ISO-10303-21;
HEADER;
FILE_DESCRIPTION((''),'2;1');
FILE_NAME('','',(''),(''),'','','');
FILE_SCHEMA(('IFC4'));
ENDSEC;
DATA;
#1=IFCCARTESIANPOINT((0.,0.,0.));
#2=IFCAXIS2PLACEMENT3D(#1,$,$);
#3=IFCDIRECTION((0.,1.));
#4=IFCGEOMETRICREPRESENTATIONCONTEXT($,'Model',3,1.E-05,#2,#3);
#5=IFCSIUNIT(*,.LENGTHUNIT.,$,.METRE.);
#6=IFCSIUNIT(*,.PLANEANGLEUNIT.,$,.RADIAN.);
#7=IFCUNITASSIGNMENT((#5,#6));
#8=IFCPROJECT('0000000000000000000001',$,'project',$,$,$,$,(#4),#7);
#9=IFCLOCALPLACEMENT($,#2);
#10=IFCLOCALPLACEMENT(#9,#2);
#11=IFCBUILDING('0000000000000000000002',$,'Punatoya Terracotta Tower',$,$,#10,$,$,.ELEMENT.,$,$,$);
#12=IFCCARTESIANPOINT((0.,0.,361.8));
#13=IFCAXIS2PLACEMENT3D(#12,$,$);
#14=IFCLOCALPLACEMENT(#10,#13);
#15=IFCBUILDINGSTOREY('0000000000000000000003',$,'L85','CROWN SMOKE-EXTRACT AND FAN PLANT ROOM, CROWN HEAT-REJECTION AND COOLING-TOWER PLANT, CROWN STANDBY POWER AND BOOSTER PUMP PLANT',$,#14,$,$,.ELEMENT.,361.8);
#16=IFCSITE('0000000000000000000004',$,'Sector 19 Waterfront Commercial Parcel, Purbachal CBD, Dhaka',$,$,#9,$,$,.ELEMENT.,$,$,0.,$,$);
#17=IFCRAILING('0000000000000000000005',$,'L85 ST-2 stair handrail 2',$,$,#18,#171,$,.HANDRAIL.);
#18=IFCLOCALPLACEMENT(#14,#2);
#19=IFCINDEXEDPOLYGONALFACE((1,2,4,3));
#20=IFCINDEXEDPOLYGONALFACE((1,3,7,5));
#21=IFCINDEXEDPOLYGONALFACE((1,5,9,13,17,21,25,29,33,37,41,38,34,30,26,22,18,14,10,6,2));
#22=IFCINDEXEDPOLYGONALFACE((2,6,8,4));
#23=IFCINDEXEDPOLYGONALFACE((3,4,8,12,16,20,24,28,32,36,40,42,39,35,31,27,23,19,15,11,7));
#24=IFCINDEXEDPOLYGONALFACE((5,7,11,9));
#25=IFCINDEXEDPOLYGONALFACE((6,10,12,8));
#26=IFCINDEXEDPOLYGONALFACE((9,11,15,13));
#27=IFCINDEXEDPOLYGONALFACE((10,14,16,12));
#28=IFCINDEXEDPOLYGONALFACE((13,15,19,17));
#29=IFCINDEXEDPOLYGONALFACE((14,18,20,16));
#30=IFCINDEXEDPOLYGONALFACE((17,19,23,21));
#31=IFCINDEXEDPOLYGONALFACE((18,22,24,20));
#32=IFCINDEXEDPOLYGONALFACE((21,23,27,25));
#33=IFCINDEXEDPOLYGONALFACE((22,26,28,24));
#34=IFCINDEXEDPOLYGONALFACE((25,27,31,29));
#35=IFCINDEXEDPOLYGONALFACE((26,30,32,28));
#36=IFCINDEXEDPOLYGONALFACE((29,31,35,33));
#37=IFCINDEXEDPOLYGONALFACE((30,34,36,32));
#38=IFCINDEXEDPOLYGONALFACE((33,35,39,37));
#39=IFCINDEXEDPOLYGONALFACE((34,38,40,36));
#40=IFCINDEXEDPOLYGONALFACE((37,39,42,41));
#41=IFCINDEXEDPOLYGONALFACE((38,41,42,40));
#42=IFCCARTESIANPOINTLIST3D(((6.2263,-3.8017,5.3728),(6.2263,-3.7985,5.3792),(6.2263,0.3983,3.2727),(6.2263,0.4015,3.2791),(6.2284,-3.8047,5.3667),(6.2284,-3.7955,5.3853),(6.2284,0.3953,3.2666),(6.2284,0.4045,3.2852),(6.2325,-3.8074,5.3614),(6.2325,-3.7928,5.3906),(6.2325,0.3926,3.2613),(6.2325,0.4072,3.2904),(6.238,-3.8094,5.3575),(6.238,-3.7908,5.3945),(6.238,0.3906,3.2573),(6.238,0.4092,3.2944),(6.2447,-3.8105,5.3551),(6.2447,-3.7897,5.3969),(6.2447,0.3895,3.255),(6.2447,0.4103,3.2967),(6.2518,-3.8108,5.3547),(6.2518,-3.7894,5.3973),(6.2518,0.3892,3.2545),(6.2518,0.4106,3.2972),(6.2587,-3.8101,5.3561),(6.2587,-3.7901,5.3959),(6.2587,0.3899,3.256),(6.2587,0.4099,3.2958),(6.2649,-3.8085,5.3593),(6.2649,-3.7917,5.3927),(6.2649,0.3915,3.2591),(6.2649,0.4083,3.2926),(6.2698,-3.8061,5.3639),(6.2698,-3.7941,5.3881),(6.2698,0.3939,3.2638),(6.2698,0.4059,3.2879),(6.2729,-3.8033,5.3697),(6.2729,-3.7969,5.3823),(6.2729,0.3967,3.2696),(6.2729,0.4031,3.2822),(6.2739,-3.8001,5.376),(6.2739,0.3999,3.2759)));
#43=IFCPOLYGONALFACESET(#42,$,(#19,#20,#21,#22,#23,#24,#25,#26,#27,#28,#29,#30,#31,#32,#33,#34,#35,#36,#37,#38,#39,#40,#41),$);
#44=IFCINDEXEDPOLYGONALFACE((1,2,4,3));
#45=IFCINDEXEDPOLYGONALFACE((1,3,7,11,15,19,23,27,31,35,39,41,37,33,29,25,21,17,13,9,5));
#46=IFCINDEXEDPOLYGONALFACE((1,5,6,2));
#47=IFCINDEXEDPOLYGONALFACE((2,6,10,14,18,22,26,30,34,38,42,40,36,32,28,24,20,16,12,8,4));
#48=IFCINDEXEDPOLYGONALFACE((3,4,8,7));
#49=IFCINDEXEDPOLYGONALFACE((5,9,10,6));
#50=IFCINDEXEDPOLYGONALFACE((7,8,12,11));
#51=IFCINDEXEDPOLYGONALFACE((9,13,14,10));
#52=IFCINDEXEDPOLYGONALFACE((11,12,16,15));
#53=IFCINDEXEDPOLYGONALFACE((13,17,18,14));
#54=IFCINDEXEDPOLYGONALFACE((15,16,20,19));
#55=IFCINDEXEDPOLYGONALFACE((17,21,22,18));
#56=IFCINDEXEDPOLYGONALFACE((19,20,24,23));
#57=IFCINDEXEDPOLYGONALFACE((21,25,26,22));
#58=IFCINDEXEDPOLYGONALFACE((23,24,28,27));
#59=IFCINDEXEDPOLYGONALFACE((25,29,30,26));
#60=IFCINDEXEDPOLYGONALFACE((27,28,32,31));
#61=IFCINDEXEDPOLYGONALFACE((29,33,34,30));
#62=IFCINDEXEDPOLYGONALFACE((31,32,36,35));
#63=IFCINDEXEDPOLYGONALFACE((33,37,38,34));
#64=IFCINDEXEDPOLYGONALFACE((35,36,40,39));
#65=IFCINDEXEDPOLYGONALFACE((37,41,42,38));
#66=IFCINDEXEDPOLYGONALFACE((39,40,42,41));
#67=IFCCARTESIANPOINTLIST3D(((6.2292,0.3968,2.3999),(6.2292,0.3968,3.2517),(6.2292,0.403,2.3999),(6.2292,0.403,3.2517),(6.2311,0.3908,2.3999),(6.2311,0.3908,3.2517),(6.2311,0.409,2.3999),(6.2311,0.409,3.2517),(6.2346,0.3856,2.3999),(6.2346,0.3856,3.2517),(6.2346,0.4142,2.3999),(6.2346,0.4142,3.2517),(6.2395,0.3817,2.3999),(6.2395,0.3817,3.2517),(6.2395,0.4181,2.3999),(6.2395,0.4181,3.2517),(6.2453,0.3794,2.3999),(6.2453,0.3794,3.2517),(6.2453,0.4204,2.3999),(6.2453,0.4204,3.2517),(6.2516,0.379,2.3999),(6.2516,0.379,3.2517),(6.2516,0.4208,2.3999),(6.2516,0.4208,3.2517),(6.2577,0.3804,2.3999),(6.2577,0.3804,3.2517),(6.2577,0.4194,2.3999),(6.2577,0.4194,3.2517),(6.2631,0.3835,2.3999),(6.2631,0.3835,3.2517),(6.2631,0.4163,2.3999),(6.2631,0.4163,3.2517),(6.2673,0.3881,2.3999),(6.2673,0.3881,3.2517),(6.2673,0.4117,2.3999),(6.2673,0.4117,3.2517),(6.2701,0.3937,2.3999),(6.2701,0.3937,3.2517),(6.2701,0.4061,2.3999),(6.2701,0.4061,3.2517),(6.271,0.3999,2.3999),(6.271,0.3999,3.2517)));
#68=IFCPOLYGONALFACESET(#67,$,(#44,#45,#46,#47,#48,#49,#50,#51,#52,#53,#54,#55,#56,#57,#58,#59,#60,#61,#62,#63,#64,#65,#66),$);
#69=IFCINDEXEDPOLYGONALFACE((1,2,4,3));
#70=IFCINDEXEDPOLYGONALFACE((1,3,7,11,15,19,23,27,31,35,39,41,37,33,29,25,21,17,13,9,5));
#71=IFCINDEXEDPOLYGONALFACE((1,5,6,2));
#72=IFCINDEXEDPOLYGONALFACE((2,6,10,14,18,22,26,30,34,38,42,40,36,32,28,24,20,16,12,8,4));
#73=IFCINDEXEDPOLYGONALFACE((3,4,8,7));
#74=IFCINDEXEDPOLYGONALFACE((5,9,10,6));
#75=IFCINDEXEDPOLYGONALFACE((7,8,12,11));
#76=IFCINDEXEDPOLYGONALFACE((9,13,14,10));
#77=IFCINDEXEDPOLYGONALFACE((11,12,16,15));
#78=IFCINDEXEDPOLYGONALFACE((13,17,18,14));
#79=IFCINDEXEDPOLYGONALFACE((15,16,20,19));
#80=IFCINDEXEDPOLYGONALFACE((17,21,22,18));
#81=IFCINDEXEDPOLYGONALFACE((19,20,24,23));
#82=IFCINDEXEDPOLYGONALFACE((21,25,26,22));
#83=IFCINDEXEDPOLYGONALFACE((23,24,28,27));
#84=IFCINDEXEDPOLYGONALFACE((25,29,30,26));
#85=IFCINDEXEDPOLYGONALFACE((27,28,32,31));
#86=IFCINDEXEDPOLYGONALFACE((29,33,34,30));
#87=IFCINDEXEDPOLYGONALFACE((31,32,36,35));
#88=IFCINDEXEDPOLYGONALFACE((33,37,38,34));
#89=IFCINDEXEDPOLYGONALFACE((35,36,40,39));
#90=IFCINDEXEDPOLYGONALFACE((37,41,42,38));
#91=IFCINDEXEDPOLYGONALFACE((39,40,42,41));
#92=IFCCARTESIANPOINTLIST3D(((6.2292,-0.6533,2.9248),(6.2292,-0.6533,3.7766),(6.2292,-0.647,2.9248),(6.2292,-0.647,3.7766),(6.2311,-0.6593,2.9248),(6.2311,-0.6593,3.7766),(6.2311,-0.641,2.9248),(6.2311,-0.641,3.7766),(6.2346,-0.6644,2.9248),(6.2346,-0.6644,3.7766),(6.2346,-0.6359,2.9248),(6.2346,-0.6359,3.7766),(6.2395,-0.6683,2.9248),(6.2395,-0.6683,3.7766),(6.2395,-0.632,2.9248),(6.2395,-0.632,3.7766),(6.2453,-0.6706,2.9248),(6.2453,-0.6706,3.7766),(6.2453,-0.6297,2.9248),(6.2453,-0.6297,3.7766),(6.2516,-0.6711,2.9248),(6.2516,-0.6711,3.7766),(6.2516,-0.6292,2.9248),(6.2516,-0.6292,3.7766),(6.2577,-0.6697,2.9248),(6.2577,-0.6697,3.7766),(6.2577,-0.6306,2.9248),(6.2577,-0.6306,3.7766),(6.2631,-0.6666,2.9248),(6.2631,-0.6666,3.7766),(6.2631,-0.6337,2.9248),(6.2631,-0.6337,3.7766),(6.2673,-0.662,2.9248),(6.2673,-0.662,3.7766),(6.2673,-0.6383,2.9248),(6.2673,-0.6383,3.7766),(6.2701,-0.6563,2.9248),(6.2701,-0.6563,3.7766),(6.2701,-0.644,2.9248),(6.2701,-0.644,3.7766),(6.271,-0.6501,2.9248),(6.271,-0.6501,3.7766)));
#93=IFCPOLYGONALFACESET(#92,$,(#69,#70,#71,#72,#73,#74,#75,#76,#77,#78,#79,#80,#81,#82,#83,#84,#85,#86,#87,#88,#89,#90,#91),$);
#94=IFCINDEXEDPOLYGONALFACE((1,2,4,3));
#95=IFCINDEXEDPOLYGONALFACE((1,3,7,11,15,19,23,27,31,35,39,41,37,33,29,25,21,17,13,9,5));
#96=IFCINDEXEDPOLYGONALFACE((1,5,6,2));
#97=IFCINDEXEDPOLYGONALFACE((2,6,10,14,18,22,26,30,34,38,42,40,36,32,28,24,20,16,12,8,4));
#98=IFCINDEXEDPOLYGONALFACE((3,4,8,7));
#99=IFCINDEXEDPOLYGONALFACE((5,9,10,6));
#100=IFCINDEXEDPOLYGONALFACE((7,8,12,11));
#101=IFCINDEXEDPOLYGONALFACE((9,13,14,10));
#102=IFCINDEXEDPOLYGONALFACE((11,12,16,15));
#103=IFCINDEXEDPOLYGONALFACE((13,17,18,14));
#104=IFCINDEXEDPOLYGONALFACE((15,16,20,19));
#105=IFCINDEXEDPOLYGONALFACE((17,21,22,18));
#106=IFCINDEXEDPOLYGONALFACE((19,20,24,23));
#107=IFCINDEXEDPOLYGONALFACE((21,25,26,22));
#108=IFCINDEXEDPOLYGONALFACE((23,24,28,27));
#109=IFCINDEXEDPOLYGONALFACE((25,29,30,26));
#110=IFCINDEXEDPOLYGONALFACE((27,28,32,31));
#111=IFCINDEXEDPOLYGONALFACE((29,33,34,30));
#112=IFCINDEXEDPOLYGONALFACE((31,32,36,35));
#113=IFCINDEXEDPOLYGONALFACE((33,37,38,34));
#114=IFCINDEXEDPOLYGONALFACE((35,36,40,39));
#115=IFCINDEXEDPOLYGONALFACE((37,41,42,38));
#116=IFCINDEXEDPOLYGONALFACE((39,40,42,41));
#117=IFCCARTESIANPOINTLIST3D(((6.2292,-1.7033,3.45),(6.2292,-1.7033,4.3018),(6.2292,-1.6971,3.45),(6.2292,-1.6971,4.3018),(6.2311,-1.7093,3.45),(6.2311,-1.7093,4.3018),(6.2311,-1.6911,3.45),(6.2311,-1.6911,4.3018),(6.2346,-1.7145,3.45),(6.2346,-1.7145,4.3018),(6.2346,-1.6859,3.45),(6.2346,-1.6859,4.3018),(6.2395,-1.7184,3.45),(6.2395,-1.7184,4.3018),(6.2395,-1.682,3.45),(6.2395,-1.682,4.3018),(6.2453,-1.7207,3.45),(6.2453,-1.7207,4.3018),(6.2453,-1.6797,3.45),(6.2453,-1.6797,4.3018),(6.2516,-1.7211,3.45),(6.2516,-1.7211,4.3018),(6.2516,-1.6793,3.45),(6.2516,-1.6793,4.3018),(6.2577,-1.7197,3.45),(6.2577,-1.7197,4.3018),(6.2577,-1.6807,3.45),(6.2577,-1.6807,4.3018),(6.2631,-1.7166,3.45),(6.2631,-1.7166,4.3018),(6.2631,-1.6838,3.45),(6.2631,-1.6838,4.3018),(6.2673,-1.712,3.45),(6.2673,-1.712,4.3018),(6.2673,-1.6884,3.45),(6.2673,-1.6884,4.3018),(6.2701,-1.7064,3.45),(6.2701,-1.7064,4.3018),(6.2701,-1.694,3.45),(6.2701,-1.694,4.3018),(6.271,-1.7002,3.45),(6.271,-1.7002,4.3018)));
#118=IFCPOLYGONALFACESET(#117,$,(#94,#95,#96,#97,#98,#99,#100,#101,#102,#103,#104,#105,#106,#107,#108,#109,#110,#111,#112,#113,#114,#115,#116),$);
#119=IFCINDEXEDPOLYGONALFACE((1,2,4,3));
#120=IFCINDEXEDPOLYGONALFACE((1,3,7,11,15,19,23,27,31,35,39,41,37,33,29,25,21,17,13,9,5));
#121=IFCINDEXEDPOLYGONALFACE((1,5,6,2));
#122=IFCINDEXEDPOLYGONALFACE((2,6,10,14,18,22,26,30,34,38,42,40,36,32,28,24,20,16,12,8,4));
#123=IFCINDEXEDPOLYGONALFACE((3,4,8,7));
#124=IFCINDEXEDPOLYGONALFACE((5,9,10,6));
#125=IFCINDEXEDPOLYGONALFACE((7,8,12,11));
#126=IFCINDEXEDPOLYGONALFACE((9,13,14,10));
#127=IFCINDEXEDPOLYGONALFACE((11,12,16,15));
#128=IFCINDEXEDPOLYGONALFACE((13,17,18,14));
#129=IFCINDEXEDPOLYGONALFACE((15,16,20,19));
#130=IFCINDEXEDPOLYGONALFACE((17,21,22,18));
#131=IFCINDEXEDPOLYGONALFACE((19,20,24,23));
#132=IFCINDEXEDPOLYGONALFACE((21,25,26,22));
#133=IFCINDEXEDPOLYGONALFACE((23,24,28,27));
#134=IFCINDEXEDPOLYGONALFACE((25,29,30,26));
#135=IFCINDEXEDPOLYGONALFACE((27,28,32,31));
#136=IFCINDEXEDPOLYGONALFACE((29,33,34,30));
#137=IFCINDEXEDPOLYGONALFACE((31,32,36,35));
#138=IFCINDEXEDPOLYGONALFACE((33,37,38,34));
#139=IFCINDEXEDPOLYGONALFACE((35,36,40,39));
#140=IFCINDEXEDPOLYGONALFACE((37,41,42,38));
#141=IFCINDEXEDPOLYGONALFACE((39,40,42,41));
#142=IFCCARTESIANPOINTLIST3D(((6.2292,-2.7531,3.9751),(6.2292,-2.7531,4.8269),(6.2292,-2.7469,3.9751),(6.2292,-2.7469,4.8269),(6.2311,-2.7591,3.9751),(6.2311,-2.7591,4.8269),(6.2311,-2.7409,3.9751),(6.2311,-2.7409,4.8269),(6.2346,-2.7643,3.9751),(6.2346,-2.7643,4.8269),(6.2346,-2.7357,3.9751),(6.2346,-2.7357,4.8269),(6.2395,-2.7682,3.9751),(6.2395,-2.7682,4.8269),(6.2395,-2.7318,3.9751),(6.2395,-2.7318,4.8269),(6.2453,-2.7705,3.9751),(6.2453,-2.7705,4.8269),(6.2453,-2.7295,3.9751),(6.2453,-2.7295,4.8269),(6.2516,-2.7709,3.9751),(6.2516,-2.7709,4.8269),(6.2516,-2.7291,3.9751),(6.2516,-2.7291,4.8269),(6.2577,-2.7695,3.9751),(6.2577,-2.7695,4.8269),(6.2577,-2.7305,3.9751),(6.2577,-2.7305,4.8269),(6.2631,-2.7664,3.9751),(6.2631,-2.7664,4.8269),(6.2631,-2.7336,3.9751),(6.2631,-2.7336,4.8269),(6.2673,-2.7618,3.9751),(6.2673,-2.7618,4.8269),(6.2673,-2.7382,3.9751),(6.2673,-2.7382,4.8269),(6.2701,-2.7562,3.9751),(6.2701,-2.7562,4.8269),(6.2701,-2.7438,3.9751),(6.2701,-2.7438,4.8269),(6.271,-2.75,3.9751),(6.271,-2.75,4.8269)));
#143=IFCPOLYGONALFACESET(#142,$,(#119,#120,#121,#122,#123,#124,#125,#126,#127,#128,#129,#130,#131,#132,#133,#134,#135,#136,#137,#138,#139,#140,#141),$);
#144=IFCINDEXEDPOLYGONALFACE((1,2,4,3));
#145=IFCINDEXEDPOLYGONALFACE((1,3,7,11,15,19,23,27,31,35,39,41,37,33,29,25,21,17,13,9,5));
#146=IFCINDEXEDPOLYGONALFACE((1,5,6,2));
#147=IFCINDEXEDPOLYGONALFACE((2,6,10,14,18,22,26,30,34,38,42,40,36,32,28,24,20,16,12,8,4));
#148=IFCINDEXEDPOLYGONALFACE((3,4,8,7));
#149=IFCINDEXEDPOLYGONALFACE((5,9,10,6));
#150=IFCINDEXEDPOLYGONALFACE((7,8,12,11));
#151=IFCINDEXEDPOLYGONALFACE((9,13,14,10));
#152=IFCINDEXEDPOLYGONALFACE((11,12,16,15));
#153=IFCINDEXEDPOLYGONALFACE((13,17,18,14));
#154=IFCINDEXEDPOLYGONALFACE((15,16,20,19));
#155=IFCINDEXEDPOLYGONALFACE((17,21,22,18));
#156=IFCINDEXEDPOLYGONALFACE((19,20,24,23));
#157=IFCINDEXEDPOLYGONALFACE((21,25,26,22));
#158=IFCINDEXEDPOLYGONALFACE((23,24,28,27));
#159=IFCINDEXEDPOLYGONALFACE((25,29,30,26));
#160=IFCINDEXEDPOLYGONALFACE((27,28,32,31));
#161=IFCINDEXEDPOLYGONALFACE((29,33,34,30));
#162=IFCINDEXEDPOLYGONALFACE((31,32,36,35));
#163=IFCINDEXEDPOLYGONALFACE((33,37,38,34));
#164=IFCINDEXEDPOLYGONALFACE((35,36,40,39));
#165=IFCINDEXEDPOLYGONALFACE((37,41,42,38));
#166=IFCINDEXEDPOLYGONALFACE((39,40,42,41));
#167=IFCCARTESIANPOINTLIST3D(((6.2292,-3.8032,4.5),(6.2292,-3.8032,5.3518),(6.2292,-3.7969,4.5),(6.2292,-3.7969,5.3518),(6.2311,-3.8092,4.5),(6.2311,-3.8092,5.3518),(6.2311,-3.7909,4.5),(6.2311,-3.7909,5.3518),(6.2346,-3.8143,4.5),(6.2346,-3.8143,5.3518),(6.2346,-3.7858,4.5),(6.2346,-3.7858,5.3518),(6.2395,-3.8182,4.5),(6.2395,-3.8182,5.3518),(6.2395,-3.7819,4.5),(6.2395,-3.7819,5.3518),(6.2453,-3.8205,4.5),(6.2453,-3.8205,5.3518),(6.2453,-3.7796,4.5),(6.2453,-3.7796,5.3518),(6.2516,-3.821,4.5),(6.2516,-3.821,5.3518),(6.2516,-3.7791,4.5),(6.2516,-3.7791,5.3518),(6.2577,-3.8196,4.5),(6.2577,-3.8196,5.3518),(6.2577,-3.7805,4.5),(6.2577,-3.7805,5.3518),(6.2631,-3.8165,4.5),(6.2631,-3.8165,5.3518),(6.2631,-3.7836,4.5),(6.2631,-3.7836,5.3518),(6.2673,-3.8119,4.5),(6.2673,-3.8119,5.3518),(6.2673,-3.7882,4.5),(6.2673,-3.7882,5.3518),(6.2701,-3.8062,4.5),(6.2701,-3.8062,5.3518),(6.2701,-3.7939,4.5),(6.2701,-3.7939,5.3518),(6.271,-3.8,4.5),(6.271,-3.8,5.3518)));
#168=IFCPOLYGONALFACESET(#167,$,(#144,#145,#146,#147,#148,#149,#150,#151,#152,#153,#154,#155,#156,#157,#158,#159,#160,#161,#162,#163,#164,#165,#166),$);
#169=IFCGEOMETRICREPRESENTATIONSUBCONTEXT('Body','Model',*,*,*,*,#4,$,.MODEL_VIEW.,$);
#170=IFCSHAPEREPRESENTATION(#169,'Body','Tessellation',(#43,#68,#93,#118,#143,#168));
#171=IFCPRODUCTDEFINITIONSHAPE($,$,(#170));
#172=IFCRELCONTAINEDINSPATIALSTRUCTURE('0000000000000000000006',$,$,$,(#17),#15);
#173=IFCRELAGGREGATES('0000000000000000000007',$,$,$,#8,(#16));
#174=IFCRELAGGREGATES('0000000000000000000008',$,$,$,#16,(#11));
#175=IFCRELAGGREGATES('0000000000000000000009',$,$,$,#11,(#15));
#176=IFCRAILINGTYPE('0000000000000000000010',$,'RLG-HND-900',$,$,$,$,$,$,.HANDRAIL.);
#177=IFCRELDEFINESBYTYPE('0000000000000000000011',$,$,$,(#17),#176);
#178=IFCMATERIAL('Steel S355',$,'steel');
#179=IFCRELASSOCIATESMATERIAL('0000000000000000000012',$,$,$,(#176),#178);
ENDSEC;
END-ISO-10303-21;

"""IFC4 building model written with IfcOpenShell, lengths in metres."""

from ifc_helpers import new_model, si_unit, direction, frame, origin, origin_2d, place, context, subcontext, project, spatial, circle, extrude, material, type_object, element, save


model = new_model("IFC4")

# Units and contexts
model_context = context("Model", 3, precision=1e-05, world=origin(), true_north=direction((0.0, 1.0)))
body_context = subcontext(model_context, "Body", "Model", "MODEL_VIEW")
ifc_project = project(units=[si_unit("LENGTHUNIT", "METRE"), si_unit("PLANEANGLEUNIT", "RADIAN")], contexts=[model_context])

# Site, building, storey
site_placement = place(None, origin())
site = spatial("IfcSite", under=ifc_project, at=site_placement, Name="Sector 19 Waterfront Commercial Parcel, Purbachal CBD, Dhaka", CompositionType="ELEMENT", RefElevation=0.0)
building_placement = place(site_placement, origin())
building = spatial("IfcBuilding", under=site, at=building_placement, Name="Punatoya Terracotta Tower", CompositionType="ELEMENT")
storey_placement = place(building_placement, frame((0.0, 0.0, 361.8)))
storey = spatial("IfcBuildingStorey", under=building, at=storey_placement, Name="L85", Description="CROWN SMOKE-EXTRACT AND FAN PLANT ROOM, CROWN HEAT-REJECTION AND COOLING-TOWER PLANT, CROWN STANDBY POWER AND BOOSTER PUMP PLANT", CompositionType="ELEMENT", Elevation=361.8)

# Shared definitions
ifc_material_1 = material(Name="Steel S355", Category="steel")

# Railing
railing_type_1 = type_object("IfcRailingType", Name="RLG-HND-900", PredefinedType="HANDRAIL", material=ifc_material_1)
railing_1_placement = place(storey_placement, frame((6.25, 0.3999, 2.3999)))
element("IfcRailing", 1, at=railing_1_placement, inside=storey, type_object=railing_type_1, Name="L85 ST-2 stair handrail 2", PredefinedType="HANDRAIL", context=body_context, shape_type="SweptSolid", body=[
    extrude(circle(Radius=0.0239, at=origin_2d()), frame((0.0, 0.0, 0.876), z_axis=(0.0, -0.894417, 0.447234), x_axis=(1.0, 0.0, 0.0)), (0.0, 0.0, 1.0), 4.6958),
    extrude(circle(Radius=0.021, at=origin_2d()), origin(), (0.0, 0.0, 1.0), 0.8518),
    extrude(circle(Radius=0.021, at=origin_2d()), frame((0.0, -1.05, 0.5249)), (0.0, 0.0, 1.0), 0.8518),
    extrude(circle(Radius=0.021, at=origin_2d()), frame((0.0, -2.1001, 1.05)), (0.0, 0.0, 1.0), 0.8518),
    extrude(circle(Radius=0.021, at=origin_2d()), frame((0.0, -3.1499, 1.5752)), (0.0, 0.0, 1.0), 0.8518),
    extrude(circle(Radius=0.021, at=origin_2d()), frame((0.0, -4.2, 2.1001)), (0.0, 0.0, 1.0), 0.8518),
])

save(model, "model.ifc")
